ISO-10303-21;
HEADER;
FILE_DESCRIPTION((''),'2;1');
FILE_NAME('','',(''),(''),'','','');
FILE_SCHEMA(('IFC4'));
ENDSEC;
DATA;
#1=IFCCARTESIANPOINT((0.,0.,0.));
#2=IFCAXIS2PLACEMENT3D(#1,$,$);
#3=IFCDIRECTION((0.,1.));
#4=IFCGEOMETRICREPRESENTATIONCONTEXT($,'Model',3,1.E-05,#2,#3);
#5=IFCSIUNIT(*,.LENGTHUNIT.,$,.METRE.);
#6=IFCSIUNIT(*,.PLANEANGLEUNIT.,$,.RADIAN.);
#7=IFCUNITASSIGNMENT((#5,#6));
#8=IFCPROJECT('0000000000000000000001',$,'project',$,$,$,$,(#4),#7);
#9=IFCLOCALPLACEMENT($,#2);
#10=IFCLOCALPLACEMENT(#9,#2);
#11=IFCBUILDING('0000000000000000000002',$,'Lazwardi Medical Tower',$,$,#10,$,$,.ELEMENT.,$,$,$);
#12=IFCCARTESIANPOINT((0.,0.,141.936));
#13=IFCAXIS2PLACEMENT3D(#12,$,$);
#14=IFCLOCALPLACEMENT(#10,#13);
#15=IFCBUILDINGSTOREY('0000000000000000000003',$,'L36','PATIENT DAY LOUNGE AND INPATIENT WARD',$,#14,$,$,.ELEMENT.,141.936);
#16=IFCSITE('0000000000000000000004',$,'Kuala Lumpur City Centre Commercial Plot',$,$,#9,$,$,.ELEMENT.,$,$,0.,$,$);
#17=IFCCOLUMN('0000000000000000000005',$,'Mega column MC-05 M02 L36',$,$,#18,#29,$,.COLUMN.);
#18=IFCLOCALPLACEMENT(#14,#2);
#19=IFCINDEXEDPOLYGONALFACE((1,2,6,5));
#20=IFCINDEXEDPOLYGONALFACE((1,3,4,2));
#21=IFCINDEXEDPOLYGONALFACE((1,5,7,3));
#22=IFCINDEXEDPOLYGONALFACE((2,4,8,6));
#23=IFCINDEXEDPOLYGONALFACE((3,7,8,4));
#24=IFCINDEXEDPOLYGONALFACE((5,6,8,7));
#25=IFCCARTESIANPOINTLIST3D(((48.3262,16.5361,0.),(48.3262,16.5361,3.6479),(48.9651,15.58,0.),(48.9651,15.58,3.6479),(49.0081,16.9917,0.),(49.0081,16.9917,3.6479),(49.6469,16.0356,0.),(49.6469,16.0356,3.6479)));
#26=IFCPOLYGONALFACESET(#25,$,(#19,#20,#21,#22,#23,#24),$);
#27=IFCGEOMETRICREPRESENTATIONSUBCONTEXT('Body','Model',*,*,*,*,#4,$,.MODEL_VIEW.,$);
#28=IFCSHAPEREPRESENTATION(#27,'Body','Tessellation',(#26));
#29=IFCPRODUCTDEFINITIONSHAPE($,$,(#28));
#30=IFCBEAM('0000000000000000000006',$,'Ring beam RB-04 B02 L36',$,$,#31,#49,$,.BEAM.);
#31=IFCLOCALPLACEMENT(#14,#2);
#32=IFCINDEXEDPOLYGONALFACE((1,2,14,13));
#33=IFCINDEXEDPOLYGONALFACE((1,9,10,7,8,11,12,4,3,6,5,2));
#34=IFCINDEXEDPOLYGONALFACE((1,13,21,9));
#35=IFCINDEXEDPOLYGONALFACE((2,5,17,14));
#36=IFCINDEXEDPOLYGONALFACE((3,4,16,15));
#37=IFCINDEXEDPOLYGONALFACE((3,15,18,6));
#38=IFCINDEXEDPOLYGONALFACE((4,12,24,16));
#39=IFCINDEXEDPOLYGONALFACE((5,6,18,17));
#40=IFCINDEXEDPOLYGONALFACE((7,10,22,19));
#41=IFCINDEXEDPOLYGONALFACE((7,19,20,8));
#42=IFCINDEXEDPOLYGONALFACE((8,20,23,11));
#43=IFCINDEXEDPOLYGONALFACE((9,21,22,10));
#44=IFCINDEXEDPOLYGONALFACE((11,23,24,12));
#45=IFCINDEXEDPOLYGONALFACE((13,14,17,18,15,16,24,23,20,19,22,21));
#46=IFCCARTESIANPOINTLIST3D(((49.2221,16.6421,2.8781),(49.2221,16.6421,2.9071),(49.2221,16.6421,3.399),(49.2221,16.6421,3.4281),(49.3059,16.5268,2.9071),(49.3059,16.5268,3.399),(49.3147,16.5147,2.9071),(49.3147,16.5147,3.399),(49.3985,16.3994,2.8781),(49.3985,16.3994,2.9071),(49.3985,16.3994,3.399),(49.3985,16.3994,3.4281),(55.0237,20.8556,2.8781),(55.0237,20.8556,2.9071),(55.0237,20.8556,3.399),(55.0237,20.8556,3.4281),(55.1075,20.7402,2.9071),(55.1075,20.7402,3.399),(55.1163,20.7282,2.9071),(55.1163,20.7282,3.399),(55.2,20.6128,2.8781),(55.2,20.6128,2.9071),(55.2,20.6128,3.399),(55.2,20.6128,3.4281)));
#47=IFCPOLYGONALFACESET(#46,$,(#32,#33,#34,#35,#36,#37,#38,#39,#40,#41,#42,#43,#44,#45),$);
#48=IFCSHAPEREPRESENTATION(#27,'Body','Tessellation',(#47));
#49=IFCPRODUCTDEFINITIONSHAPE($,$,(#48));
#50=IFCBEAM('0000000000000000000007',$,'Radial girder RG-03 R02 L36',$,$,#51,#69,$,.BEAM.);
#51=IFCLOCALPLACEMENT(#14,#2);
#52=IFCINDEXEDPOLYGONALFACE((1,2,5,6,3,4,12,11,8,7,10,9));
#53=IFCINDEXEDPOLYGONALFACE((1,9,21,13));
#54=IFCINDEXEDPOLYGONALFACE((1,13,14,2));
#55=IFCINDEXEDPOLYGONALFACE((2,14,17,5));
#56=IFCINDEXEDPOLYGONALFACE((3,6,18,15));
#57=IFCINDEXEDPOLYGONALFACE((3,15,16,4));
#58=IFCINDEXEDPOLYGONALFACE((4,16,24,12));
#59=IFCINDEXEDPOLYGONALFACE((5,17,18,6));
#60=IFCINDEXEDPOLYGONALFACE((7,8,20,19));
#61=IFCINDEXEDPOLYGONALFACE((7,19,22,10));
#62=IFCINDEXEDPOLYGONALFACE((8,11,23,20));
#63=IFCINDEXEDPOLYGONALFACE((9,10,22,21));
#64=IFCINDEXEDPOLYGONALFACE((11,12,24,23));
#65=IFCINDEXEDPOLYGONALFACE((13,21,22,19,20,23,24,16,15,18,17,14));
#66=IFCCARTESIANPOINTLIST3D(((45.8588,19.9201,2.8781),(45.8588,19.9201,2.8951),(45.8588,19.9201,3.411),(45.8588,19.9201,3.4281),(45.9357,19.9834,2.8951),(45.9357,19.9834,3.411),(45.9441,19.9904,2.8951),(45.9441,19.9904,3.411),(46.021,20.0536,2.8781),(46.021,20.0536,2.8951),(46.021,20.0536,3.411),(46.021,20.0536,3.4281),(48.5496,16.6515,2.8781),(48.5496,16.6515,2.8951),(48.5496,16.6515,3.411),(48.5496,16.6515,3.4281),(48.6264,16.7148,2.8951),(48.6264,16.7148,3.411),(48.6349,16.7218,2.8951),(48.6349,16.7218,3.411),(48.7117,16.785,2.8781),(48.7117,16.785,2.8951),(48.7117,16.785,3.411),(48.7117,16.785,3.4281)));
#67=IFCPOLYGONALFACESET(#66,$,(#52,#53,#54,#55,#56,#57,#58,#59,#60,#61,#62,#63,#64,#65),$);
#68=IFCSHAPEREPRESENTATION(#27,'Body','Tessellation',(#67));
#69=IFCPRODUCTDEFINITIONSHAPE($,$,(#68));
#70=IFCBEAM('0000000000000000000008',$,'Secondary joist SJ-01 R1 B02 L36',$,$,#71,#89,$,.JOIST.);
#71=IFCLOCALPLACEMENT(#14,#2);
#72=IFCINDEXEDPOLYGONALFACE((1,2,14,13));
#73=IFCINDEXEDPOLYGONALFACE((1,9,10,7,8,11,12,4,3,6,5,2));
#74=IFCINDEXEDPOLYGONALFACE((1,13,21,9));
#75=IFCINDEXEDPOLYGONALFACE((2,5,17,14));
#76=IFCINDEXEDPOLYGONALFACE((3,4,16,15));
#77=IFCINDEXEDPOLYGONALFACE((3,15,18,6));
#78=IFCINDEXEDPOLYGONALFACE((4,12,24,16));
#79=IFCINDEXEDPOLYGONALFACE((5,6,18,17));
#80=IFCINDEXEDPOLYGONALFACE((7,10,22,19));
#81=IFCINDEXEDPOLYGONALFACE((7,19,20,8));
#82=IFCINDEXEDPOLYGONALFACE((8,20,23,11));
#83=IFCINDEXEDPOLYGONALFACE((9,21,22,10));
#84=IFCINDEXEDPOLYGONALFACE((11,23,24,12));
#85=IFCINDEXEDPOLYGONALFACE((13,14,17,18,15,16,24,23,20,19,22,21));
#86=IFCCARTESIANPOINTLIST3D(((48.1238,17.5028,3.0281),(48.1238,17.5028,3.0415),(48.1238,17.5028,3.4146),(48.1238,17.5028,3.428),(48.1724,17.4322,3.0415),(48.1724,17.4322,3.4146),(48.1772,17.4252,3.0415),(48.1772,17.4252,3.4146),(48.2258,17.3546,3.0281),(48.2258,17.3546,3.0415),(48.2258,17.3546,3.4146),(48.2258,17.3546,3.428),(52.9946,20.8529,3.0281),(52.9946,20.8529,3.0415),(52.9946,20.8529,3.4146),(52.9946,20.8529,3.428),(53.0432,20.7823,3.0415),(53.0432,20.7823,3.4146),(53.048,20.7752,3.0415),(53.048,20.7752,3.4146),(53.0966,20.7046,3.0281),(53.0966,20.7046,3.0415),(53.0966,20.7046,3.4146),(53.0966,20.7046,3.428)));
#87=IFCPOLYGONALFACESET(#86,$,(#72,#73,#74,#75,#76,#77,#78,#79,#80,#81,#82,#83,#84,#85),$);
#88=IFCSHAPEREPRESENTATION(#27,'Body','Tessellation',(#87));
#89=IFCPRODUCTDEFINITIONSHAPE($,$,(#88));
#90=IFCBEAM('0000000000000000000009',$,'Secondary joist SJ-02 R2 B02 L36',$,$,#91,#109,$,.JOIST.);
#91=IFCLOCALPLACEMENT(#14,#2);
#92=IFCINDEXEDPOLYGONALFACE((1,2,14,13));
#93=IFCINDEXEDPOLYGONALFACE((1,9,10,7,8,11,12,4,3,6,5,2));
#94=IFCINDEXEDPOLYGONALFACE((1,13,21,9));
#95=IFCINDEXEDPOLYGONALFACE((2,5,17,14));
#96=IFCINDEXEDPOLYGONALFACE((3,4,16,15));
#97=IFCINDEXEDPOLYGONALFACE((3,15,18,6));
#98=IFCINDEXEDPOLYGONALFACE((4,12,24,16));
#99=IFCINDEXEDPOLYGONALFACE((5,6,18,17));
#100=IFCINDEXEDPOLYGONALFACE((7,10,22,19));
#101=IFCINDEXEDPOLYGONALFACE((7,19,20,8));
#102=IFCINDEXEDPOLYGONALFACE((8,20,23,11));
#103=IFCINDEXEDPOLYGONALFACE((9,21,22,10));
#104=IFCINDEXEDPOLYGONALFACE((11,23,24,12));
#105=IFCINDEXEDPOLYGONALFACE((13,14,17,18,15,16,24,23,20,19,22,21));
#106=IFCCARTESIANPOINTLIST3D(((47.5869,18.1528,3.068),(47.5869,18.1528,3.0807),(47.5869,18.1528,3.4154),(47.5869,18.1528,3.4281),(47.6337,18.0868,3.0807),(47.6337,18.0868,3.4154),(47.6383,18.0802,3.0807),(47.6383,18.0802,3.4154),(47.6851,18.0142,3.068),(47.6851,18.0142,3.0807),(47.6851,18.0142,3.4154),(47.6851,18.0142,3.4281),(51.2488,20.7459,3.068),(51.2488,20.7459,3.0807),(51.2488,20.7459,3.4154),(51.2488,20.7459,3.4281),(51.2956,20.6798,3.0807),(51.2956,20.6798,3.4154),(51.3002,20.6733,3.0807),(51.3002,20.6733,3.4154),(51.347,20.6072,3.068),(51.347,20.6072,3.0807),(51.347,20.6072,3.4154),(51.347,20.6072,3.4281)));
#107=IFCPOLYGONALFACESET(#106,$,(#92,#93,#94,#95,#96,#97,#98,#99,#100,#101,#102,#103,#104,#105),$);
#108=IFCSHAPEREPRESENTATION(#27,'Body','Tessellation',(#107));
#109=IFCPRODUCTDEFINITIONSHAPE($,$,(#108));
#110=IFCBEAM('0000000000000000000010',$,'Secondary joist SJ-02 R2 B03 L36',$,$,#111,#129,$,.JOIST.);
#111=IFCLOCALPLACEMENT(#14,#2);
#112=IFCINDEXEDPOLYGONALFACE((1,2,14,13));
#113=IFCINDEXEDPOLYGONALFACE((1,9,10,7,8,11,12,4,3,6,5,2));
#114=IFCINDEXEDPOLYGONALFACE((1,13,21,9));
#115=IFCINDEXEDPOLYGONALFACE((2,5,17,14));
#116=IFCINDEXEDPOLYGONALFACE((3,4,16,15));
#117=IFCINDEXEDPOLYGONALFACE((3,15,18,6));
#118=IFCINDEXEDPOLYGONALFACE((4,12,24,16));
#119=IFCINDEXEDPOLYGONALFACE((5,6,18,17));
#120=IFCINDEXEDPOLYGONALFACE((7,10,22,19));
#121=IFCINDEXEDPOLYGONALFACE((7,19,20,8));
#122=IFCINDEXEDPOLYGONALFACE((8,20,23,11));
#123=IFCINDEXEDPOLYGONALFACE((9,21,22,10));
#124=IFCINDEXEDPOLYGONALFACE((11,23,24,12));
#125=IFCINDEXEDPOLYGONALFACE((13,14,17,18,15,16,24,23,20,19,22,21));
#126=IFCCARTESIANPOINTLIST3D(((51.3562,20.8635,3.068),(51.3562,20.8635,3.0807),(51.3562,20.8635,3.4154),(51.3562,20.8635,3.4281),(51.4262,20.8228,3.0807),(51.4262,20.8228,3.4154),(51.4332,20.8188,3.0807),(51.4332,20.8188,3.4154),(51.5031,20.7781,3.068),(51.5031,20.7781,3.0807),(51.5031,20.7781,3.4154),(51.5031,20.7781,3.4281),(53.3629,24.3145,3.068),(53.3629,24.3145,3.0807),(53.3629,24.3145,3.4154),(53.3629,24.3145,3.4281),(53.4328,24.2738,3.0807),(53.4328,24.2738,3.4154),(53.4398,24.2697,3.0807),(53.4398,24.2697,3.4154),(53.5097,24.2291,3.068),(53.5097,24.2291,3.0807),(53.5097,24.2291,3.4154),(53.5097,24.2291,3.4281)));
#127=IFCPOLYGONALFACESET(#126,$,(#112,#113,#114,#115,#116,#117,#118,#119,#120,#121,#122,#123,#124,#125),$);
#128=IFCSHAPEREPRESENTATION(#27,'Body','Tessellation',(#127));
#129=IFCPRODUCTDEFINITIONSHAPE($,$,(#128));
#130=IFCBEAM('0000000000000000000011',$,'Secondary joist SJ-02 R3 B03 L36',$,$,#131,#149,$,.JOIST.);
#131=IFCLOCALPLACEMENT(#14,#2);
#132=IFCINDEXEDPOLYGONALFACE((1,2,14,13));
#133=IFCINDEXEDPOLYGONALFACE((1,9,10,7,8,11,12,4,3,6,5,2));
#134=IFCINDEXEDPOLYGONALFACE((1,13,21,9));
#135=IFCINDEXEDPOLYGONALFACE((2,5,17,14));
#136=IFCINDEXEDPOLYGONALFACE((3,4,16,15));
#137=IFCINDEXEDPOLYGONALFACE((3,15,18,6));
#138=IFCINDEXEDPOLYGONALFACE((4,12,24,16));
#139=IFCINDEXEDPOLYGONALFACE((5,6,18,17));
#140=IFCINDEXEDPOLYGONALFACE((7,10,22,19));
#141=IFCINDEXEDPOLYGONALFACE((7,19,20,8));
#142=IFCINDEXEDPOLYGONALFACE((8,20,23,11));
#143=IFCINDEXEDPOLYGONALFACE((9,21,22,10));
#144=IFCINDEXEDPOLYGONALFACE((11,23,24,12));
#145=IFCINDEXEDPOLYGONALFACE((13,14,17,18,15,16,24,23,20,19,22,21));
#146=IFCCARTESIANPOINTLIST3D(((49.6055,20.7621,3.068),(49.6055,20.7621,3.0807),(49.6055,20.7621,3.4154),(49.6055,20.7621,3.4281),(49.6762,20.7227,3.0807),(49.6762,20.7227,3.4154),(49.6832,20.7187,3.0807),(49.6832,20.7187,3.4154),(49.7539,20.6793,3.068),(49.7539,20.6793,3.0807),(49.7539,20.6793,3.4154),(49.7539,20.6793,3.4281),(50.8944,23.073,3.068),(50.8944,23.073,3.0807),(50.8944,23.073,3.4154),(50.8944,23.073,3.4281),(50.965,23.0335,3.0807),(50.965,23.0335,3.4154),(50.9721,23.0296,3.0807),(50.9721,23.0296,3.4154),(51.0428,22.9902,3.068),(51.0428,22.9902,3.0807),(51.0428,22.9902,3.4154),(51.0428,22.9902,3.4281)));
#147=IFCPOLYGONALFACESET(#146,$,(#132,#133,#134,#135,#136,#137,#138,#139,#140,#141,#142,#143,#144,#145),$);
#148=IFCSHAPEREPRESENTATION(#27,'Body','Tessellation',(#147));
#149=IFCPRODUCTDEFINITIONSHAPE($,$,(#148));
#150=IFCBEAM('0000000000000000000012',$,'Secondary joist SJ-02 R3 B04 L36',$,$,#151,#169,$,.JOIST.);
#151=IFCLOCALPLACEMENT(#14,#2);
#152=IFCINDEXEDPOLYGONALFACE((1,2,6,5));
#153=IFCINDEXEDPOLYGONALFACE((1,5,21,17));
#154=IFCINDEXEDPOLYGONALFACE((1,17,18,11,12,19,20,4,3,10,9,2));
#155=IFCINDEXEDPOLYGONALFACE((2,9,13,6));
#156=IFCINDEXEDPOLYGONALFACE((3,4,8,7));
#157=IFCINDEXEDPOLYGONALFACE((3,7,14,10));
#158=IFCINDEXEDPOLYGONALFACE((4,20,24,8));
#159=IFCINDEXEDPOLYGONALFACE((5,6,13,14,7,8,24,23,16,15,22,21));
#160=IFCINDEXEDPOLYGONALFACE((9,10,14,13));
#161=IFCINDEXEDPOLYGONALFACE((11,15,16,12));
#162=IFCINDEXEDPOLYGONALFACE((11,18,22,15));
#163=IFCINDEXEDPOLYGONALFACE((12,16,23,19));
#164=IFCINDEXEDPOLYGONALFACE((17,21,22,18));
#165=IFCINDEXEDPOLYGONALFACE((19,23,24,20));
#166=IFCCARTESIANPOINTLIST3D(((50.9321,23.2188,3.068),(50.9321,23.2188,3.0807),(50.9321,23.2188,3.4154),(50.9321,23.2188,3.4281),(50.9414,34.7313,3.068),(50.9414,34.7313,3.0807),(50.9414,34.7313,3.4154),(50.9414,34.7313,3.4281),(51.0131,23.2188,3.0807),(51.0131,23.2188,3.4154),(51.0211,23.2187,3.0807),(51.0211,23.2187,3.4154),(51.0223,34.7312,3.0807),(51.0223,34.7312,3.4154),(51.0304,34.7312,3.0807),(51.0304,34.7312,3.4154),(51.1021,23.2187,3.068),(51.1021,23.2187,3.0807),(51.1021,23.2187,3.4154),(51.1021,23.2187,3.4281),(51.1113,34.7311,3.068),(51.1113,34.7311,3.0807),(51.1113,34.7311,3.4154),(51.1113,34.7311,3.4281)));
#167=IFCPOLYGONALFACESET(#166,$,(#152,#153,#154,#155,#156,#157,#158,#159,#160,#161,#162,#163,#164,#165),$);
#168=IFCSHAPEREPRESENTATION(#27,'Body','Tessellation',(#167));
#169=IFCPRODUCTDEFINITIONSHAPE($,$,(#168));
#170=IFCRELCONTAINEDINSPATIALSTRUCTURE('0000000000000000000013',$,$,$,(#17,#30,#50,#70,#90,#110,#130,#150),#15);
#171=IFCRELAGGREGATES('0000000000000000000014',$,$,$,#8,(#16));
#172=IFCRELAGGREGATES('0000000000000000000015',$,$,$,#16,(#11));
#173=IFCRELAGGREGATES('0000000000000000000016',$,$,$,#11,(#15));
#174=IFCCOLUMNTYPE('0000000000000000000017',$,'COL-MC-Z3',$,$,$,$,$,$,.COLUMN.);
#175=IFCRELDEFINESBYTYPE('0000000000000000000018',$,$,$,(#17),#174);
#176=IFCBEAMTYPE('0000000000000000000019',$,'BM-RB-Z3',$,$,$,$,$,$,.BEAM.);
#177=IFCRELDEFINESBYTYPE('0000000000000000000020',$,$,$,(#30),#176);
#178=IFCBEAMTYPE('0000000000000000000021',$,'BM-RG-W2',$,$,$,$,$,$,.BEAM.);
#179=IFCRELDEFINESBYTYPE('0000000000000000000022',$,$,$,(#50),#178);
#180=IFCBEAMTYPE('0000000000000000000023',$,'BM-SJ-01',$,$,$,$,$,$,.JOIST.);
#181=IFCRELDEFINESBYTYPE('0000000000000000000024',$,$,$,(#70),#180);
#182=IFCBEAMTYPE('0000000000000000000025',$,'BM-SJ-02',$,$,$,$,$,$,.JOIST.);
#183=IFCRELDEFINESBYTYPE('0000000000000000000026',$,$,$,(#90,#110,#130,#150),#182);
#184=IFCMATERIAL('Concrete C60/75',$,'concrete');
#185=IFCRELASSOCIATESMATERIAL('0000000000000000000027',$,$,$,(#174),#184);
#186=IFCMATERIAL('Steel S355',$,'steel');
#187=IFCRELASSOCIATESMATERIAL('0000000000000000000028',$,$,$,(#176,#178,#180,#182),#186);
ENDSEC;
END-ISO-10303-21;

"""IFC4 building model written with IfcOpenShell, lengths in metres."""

from ifc_helpers import new_model, si_unit, direction, frame, origin, origin_2d, place, context, subcontext, project, spatial, rectangle, i_section, extrude, material, material_profile, profile_set, type_object, element, save


model = new_model("IFC4")

# Units and contexts
model_context = context("Model", 3, precision=1e-05, world=origin(), true_north=direction((0.0, 1.0)))
body_context = subcontext(model_context, "Body", "Model", "MODEL_VIEW")
ifc_project = project(units=[si_unit("LENGTHUNIT", "METRE"), si_unit("PLANEANGLEUNIT", "RADIAN")], contexts=[model_context])

# Site, building, storey
site_placement = place(None, origin())
site = spatial("IfcSite", under=ifc_project, at=site_placement, Name="Kuala Lumpur City Centre Commercial Plot", CompositionType="ELEMENT", RefElevation=0.0)
building_placement = place(site_placement, origin())
building = spatial("IfcBuilding", under=site, at=building_placement, Name="Lazwardi Medical Tower", CompositionType="ELEMENT")
storey_placement = place(building_placement, frame((0.0, 0.0, 141.936)))
storey = spatial("IfcBuildingStorey", under=building, at=storey_placement, Name="L36", Description="PATIENT DAY LOUNGE AND INPATIENT WARD", CompositionType="ELEMENT", Elevation=141.936)

# Column
ifc_material_1 = material(Name="Concrete C60/75", Category="concrete")
ifc_material_profile_1 = material_profile(ifc_material_1, rectangle(XDim=1.1499, YDim=0.8201, at=origin_2d()), Name="CFT-RECT 1150x820")
ifc_profile_set_1 = profile_set([ifc_material_profile_1], Name="Concrete C60/75")
column_type = type_object("IfcColumnType", Name="COL-MC-Z3", PredefinedType="COLUMN", material=ifc_profile_set_1)
column_placement = place(storey_placement, frame((48.9866, 16.2859, 0.0), z_axis=(0.0, 0.0, 1.0), x_axis=(0.55557, -0.83147, 0.0)))
element("IfcColumn", 1, at=column_placement, inside=storey, type_object=column_type, Name="Mega column MC-05 M02 L36", PredefinedType="COLUMN", context=body_context, shape_type="SweptSolid", body=[
    extrude(rectangle(XDim=1.1499, YDim=0.8201, at=origin_2d()), origin(), (0.0, 0.0, 1.0), 3.6479),
])

# Beams
ifc_material_2 = material(Name="Steel S355", Category="steel")
ifc_material_profile_2 = material_profile(ifc_material_2, i_section(OverallWidth=0.3, OverallDepth=0.55, WebThickness=0.0149, FlangeThickness=0.0291, at=origin_2d()), Name="HEB 550")
ifc_profile_set_2 = profile_set([ifc_material_profile_2], Name="Steel S355")
beam_type_1 = type_object("IfcBeamType", Name="BM-RB-Z3", PredefinedType="BEAM", material=ifc_profile_set_2)
beam_1_placement = place(storey_placement, frame((49.3103, 16.5208, 3.1531), z_axis=(0.809128, 0.587633, 0.0), x_axis=(-0.587633, 0.809128, 0.0)))
element("IfcBeam", 2, at=beam_1_placement, inside=storey, type_object=beam_type_1, Name="Ring beam RB-04 B02 L36", PredefinedType="BEAM", context=body_context, shape_type="SweptSolid", body=[
    extrude(i_section(OverallWidth=0.3, OverallDepth=0.55, WebThickness=0.0149, FlangeThickness=0.0291, at=origin_2d()), origin(), (0.0, 0.0, 1.0), 7.1702),
])
ifc_material_profile_3 = material_profile(ifc_material_2, i_section(OverallWidth=0.21, OverallDepth=0.55, WebThickness=0.011, FlangeThickness=0.0171, at=origin_2d()), Name="IPE 550")
ifc_profile_set_3 = profile_set([ifc_material_profile_3], Name="Steel S355")
beam_type_2 = type_object("IfcBeamType", Name="BM-RG-W2", PredefinedType="BEAM", material=ifc_profile_set_3)
beam_2_placement = place(storey_placement, frame((48.6306, 16.7183, 3.1531), z_axis=(-0.635556, 0.772055, 0.0), x_axis=(-0.772055, -0.635556, 0.0)))
element("IfcBeam", 3, at=beam_2_placement, inside=storey, type_object=beam_type_2, Name="Radial girder RG-03 R02 L36", PredefinedType="BEAM", context=body_context, shape_type="SweptSolid", body=[
    extrude(i_section(OverallWidth=0.21, OverallDepth=0.55, WebThickness=0.011, FlangeThickness=0.0171, at=origin_2d()), origin(), (0.0, 0.0, 1.0), 4.2336),
])
ifc_material_profile_4 = material_profile(ifc_material_2, i_section(OverallWidth=0.1799, OverallDepth=0.3999, WebThickness=0.0085, FlangeThickness=0.0134, at=origin_2d()), Name="IPE 400")
ifc_profile_set_4 = profile_set([ifc_material_profile_4], Name="Steel S355")
beam_type_3 = type_object("IfcBeamType", Name="BM-SJ-01", PredefinedType="JOIST", material=ifc_profile_set_4)
beam_3_placement = place(storey_placement, frame((48.1748, 17.4287, 3.228), z_axis=(0.823932, 0.566688, 0.0), x_axis=(-0.566688, 0.823932, 0.0)))
element("IfcBeam", 4, at=beam_3_placement, inside=storey, type_object=beam_type_3, Name="Secondary joist SJ-01 R1 B02 L36", PredefinedType="JOIST", context=body_context, shape_type="SweptSolid", body=[
    extrude(i_section(OverallWidth=0.1799, OverallDepth=0.3999, WebThickness=0.0085, FlangeThickness=0.0134, at=origin_2d()), origin(), (0.0, 0.0, 1.0), 5.9116),
])
ifc_material_profile_5 = material_profile(ifc_material_2, i_section(OverallWidth=0.1699, OverallDepth=0.3601, WebThickness=0.0081, FlangeThickness=0.0127, at=origin_2d()), Name="IPE 360")
ifc_profile_set_5 = profile_set([ifc_material_profile_5], Name="Steel S355")
beam_type_4 = type_object("IfcBeamType", Name="BM-SJ-02", PredefinedType="JOIST", material=ifc_profile_set_5)
beam_4_placement = place(storey_placement, frame((47.636, 18.0835, 3.248), z_axis=(0.816109, 0.577898, 0.0), x_axis=(-0.577898, 0.816109, 0.0)))
element("IfcBeam", 5, at=beam_4_placement, inside=storey, type_object=beam_type_4, Name="Secondary joist SJ-02 R2 B02 L36", PredefinedType="JOIST", context=body_context, shape_type="SweptSolid", body=[
    extrude(i_section(OverallWidth=0.1699, OverallDepth=0.3601, WebThickness=0.0081, FlangeThickness=0.0127, at=origin_2d()), origin(), (0.0, 0.0, 1.0), 4.4871),
])
beam_5_placement = place(storey_placement, frame((51.4297, 20.8208, 3.248), z_axis=(0.502665, 0.864481, 0.0), x_axis=(-0.864481, 0.502665, 0.0)))
element("IfcBeam", 6, at=beam_5_placement, inside=storey, type_object=beam_type_4, Name="Secondary joist SJ-02 R2 B03 L36", PredefinedType="JOIST", context=body_context, shape_type="SweptSolid", body=[
    extrude(i_section(OverallWidth=0.1699, OverallDepth=0.3601, WebThickness=0.0081, FlangeThickness=0.0127, at=origin_2d()), origin(), (0.0, 0.0, 1.0), 3.9919),
])
beam_6_placement = place(storey_placement, frame((49.6797, 20.7207, 3.248), z_axis=(0.487099, 0.873347, 0.0), x_axis=(-0.873347, 0.487099, 0.0)))
element("IfcBeam", 7, at=beam_6_placement, inside=storey, type_object=beam_type_4, Name="Secondary joist SJ-02 R3 B03 L36", PredefinedType="JOIST", context=body_context, shape_type="SweptSolid", body=[
    extrude(i_section(OverallWidth=0.1699, OverallDepth=0.3601, WebThickness=0.0081, FlangeThickness=0.0127, at=origin_2d()), origin(), (0.0, 0.0, 1.0), 2.646),
])
beam_7_placement = place(storey_placement, frame((51.0171, 23.2188, 3.248), z_axis=(0.000806, 1.0, 0.0), x_axis=(-1.0, 0.000806, 0.0)))
element("IfcBeam", 8, at=beam_7_placement, inside=storey, type_object=beam_type_4, Name="Secondary joist SJ-02 R3 B04 L36", PredefinedType="JOIST", context=body_context, shape_type="SweptSolid", body=[
    extrude(i_section(OverallWidth=0.1699, OverallDepth=0.3601, WebThickness=0.0081, FlangeThickness=0.0127, at=origin_2d()), origin(), (0.0, 0.0, 1.0), 11.5125),
])

save(model, "model.ifc")
